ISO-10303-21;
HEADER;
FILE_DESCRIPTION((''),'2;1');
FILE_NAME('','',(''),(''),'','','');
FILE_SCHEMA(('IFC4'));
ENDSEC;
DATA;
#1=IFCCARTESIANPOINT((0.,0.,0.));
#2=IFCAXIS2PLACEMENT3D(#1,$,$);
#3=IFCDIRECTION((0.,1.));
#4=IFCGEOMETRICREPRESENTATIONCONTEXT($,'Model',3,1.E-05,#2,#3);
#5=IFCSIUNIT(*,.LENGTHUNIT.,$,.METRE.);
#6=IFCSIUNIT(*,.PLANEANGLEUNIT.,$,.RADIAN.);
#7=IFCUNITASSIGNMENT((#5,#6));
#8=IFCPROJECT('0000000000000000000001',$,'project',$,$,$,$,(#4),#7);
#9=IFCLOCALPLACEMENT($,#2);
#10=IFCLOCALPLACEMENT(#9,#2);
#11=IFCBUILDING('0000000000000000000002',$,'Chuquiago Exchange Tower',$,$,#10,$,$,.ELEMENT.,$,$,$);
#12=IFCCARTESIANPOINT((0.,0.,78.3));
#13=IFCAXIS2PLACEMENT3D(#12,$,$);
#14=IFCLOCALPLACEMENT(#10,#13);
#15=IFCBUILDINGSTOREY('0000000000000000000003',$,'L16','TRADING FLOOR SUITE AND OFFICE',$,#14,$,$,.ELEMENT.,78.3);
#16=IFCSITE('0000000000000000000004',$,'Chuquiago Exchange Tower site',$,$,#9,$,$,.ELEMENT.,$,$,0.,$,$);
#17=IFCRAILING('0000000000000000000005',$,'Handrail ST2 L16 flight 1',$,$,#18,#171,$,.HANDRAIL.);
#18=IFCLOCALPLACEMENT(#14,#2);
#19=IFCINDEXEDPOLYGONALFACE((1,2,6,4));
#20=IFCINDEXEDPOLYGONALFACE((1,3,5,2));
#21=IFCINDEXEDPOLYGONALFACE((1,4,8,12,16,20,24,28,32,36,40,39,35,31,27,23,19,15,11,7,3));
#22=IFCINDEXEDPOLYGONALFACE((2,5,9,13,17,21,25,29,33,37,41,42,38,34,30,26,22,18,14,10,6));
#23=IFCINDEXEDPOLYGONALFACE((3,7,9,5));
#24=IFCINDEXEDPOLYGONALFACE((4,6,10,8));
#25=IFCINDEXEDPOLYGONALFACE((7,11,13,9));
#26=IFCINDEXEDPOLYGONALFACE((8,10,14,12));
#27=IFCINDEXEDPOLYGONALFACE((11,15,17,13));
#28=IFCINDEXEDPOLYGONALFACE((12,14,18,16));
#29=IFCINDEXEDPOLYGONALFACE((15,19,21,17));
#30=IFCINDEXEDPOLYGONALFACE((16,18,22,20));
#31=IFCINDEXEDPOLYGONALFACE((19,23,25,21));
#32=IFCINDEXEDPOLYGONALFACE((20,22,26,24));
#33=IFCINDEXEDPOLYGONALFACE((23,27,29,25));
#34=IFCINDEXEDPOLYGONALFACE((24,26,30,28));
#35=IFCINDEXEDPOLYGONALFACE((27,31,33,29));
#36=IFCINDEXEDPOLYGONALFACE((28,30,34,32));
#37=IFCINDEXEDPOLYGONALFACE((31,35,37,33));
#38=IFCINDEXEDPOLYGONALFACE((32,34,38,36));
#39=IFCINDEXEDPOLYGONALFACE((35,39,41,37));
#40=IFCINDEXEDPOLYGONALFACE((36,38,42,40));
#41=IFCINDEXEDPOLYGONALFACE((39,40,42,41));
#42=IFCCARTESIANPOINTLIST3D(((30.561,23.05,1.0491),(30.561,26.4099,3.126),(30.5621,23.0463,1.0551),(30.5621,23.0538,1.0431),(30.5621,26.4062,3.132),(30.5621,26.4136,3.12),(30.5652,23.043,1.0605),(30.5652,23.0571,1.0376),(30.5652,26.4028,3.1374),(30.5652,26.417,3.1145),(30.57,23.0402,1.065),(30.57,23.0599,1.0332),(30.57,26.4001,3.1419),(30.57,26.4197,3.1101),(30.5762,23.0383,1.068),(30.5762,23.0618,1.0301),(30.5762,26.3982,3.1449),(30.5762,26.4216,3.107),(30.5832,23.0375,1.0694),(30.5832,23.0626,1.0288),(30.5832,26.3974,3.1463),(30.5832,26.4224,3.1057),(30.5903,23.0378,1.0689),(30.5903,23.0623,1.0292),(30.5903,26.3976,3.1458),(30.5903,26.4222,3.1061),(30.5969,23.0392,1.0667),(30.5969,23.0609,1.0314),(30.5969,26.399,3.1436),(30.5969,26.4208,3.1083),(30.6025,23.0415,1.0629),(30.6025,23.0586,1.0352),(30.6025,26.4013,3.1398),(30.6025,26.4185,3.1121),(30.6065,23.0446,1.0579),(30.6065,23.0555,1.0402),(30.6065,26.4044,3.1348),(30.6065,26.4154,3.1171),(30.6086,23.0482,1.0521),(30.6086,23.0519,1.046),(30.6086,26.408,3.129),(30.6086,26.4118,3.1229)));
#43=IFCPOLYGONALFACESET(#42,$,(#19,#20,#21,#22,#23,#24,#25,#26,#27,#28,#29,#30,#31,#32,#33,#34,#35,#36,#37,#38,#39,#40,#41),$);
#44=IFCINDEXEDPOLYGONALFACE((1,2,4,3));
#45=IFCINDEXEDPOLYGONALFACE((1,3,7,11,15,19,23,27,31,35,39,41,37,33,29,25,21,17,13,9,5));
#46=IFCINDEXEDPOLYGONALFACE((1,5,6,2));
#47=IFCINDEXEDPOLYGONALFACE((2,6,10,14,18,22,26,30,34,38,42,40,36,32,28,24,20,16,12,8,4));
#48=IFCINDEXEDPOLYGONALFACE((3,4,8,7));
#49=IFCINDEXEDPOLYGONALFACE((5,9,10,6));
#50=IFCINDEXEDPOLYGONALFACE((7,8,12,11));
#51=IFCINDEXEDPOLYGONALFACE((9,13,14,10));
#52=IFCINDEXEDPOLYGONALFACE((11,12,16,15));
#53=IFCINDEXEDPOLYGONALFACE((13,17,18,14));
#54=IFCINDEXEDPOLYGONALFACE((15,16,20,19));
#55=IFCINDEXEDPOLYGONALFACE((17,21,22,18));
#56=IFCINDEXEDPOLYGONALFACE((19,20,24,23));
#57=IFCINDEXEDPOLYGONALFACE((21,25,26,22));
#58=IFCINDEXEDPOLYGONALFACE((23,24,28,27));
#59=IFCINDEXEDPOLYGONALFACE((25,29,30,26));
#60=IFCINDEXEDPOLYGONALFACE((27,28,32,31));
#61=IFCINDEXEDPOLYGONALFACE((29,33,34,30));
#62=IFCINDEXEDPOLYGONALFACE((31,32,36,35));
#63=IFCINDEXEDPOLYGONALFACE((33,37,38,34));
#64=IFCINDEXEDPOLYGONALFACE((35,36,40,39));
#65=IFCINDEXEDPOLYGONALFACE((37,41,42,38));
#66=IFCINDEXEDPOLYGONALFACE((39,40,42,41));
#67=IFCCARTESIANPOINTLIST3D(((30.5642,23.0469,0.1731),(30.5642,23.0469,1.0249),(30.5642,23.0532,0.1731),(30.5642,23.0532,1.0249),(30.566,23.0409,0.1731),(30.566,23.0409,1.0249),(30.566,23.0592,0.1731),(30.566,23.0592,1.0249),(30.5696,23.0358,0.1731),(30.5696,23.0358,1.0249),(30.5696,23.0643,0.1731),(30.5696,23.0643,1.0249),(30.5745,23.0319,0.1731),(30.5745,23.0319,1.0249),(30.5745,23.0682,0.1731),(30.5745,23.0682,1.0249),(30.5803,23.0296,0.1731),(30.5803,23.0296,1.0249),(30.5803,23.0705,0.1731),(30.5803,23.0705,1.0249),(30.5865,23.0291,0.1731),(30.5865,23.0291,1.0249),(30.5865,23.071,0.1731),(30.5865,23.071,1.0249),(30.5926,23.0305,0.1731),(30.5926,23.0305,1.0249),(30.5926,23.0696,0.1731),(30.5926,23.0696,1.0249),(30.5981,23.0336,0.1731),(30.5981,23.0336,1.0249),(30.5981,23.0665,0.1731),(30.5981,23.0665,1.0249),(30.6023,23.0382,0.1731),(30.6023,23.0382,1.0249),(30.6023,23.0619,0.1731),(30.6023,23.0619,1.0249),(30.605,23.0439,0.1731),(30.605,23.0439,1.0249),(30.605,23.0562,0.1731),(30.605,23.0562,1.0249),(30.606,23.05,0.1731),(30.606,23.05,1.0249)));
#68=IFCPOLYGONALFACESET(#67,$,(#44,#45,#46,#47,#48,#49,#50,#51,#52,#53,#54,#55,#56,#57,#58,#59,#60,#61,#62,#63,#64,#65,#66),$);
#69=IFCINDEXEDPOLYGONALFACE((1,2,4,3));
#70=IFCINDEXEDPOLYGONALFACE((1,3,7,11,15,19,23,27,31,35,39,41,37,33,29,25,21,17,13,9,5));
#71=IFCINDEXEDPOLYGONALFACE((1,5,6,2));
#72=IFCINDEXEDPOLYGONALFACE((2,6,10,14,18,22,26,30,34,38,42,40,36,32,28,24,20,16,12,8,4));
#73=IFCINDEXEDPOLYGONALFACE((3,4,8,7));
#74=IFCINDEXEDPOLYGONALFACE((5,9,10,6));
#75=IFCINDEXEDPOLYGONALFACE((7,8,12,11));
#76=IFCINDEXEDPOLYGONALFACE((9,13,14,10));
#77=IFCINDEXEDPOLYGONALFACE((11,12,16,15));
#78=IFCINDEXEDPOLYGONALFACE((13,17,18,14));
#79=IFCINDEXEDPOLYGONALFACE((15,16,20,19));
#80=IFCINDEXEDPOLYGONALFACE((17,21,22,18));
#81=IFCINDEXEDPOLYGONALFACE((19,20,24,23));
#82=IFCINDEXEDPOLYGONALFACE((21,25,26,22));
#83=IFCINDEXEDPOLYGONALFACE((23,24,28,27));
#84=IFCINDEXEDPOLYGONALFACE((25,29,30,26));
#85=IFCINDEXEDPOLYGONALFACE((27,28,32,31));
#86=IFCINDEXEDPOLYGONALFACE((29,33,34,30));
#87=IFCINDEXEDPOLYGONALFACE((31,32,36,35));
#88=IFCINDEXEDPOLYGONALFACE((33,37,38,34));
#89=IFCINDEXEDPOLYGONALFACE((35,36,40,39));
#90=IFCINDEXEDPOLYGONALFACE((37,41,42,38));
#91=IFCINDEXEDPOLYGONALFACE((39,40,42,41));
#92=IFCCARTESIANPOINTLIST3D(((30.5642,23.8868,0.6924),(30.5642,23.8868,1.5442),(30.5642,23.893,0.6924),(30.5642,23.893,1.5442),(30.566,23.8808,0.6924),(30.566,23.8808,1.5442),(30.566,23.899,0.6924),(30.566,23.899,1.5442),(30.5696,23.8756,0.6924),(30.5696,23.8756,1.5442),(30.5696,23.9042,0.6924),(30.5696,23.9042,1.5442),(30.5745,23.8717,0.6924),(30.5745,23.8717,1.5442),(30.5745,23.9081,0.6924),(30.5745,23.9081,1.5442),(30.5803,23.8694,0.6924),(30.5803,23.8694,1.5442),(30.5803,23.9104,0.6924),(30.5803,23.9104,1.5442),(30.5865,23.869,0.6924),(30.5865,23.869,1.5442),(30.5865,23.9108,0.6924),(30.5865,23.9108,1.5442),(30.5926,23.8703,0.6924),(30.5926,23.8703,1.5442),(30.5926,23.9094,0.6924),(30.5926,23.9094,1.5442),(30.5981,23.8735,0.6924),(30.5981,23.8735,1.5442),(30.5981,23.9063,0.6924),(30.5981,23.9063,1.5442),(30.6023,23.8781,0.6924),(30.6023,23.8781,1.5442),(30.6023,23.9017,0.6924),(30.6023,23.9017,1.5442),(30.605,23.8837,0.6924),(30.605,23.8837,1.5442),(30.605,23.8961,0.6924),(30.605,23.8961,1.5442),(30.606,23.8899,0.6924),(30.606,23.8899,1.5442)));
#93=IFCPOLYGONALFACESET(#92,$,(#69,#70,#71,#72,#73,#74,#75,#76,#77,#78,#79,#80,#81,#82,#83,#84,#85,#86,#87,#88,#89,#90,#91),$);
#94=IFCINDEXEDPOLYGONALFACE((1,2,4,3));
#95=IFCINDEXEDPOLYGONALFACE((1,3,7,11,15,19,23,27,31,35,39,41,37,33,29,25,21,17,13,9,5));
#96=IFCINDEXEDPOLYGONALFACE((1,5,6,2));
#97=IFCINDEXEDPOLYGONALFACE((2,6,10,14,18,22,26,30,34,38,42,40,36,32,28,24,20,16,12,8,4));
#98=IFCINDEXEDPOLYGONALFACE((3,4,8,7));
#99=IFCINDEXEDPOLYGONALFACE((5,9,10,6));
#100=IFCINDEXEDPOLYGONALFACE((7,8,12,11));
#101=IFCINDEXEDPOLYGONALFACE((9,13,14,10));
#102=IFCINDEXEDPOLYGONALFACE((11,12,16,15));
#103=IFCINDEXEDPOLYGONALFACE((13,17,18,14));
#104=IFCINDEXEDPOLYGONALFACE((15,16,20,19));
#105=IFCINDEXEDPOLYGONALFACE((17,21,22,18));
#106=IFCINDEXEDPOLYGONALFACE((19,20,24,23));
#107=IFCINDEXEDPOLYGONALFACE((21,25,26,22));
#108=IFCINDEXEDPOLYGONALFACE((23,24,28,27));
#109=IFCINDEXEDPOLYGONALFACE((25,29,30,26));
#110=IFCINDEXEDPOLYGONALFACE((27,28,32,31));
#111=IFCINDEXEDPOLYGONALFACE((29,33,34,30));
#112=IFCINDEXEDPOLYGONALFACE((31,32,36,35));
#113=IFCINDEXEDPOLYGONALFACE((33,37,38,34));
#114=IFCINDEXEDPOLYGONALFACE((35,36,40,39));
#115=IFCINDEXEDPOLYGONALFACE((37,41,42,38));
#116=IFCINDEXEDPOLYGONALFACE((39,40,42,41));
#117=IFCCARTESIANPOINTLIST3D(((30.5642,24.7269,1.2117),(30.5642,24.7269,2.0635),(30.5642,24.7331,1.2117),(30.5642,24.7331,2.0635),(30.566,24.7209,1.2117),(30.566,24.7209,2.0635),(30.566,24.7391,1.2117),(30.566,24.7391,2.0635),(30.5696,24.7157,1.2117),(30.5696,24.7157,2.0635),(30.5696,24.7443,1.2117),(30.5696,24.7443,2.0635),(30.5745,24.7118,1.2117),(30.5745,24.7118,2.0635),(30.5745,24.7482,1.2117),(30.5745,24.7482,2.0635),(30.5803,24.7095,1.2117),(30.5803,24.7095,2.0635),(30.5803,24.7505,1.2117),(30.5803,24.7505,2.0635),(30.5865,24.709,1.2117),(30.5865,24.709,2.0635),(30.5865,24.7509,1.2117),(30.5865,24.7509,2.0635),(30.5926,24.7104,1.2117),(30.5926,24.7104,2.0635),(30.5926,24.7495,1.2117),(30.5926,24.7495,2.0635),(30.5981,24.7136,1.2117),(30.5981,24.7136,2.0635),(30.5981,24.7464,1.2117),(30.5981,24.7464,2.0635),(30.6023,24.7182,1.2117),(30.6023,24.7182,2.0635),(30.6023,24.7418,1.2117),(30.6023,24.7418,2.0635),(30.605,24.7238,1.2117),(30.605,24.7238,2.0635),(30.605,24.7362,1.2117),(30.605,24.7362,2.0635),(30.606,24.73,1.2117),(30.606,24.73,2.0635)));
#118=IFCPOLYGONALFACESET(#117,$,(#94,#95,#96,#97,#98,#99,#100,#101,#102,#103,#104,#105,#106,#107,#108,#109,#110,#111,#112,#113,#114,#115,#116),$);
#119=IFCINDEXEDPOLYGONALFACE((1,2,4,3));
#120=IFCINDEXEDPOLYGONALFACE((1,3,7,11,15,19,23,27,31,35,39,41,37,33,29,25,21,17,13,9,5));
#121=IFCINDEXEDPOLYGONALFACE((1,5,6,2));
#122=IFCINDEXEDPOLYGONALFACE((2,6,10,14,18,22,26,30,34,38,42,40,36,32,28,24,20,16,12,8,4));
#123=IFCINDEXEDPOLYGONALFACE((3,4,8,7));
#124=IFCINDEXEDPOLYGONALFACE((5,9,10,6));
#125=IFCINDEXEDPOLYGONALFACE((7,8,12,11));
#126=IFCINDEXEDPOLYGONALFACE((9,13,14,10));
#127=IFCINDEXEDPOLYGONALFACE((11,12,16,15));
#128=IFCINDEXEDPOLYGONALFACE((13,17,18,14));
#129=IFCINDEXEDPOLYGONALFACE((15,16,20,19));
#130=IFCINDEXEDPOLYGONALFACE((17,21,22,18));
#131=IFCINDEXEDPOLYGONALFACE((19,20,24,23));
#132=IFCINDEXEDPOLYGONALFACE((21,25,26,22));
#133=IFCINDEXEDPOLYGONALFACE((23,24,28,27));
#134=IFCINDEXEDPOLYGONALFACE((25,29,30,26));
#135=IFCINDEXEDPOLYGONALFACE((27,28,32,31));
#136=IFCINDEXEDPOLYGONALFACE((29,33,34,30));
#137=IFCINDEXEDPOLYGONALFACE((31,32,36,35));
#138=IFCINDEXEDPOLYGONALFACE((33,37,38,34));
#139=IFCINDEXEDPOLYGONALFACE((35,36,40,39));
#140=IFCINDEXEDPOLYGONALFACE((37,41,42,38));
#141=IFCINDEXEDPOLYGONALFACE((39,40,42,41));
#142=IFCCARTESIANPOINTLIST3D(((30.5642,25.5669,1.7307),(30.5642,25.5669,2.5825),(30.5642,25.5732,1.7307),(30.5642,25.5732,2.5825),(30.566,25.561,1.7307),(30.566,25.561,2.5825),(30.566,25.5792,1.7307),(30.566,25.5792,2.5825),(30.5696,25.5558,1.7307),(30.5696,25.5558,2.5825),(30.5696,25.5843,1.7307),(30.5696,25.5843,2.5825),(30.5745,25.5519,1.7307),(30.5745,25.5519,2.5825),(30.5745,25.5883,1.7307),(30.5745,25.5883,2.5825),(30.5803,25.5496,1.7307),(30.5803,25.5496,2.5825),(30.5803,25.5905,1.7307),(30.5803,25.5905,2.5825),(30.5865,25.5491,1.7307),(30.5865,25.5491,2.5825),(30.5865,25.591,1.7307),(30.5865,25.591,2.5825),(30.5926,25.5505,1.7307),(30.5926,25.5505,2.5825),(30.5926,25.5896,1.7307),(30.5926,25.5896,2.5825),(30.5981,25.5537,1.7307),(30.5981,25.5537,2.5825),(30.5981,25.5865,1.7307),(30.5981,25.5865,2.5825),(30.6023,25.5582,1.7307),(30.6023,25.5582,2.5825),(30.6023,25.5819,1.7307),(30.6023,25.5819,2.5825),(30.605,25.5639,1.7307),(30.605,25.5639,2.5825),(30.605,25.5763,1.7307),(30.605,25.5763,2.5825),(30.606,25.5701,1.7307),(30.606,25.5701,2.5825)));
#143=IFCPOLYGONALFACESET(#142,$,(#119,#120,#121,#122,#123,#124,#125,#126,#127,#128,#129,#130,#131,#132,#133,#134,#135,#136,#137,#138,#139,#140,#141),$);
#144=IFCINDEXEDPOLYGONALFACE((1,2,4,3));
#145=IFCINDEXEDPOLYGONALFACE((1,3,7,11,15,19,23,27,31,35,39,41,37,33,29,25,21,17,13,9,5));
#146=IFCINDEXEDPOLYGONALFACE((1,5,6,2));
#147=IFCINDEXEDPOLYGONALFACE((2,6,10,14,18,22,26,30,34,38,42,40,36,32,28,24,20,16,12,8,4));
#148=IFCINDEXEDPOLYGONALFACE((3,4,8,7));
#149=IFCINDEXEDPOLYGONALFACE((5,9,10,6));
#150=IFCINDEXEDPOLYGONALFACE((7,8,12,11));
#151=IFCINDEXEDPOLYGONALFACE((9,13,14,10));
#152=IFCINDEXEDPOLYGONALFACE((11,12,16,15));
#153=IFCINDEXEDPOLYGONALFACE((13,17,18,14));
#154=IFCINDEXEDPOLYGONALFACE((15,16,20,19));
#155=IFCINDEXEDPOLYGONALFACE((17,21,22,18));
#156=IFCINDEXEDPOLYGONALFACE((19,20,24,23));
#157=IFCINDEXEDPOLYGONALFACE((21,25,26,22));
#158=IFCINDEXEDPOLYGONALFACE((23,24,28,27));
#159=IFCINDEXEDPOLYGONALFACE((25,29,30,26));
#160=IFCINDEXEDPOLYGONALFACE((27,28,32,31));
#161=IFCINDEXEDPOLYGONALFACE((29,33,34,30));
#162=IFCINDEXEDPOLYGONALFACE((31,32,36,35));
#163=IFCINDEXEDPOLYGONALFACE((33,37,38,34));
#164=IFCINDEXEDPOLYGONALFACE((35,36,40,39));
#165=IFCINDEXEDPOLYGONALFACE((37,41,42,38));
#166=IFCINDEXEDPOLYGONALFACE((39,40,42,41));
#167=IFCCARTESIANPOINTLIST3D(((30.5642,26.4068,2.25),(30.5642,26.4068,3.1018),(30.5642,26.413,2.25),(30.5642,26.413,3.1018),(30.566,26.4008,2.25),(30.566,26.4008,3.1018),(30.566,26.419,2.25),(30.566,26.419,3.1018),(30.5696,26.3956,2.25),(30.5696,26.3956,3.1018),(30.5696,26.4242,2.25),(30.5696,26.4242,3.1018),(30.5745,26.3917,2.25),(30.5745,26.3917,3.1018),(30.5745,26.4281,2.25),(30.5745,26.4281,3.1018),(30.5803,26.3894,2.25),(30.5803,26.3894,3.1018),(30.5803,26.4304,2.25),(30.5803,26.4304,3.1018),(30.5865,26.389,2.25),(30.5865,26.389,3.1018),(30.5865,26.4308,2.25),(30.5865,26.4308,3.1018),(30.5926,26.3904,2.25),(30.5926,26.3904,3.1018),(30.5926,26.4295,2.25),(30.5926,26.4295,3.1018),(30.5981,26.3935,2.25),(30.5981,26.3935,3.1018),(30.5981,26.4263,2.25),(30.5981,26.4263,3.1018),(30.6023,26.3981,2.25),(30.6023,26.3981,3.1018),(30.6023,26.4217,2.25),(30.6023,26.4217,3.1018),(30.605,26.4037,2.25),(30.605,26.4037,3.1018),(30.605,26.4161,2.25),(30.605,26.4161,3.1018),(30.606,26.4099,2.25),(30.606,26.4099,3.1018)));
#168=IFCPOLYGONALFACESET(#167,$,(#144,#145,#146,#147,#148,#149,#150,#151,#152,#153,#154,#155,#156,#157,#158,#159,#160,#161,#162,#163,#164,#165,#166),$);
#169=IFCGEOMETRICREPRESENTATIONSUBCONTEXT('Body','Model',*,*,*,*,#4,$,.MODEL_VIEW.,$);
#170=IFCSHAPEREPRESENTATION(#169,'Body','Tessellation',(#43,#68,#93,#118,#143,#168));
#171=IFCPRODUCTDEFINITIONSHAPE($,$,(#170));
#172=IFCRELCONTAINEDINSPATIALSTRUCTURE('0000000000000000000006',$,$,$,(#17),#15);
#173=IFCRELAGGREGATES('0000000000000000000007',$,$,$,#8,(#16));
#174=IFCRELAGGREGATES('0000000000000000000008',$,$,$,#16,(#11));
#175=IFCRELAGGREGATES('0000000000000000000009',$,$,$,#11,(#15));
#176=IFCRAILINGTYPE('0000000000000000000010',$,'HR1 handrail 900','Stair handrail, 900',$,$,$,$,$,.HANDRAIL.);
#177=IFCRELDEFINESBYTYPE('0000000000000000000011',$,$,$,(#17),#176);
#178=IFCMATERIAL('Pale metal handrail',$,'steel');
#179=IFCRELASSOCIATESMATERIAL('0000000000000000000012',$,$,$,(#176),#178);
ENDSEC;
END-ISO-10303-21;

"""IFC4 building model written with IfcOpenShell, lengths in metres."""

from ifc_helpers import new_model, si_unit, direction, frame, origin, origin_2d, place, context, subcontext, project, spatial, circle, extrude, material, type_object, element, save


model = new_model("IFC4")

# Units and contexts
model_context = context("Model", 3, precision=1e-05, world=origin(), true_north=direction((0.0, 1.0)))
body_context = subcontext(model_context, "Body", "Model", "MODEL_VIEW")
ifc_project = project(units=[si_unit("LENGTHUNIT", "METRE"), si_unit("PLANEANGLEUNIT", "RADIAN")], contexts=[model_context])

# Site, building, storey
site_placement = place(None, origin())
site = spatial("IfcSite", under=ifc_project, at=site_placement, Name="Chuquiago Exchange Tower site", CompositionType="ELEMENT", RefElevation=0.0)
building_placement = place(site_placement, origin())
building = spatial("IfcBuilding", under=site, at=building_placement, Name="Chuquiago Exchange Tower", CompositionType="ELEMENT")
storey_placement = place(building_placement, frame((0.0, 0.0, 78.3)))
storey = spatial("IfcBuildingStorey", under=building, at=storey_placement, Name="L16", Description="TRADING FLOOR SUITE AND OFFICE", CompositionType="ELEMENT", Elevation=78.3)

# Railing
ifc_material_1 = material(Name="Pale metal handrail", Category="steel")
railing_type_1 = type_object("IfcRailingType", Name="HR1 handrail 900", Description="Stair handrail, 900", PredefinedType="HANDRAIL", material=ifc_material_1)
for number, where, name in (
    (1, (30.585, 23.05, 0.1731), "Handrail ST2 L16 flight 1"),
):
    element("IfcRailing", number, at=place(storey_placement, frame(where)), inside=storey, type_object=railing_type_1, Name=name, PredefinedType="HANDRAIL", context=body_context, shape_type="SweptSolid", body=[
        extrude(circle(Radius=0.0239, at=origin_2d()), frame((0.0, 0.0, 0.876), z_axis=(0.0, 0.850606, 0.525803), x_axis=(-1.0, 0.0, 0.0)), (0.0, 0.0, 1.0), 3.95),
        extrude(circle(Radius=0.021, at=origin_2d()), origin(), (0.0, 0.0, 1.0), 0.8518),
        extrude(circle(Radius=0.021, at=origin_2d()), frame((0.0, 0.8398, 0.5193)), (0.0, 0.0, 1.0), 0.8518),
        extrude(circle(Radius=0.021, at=origin_2d()), frame((0.0, 1.6799, 1.0386)), (0.0, 0.0, 1.0), 0.8518),
        extrude(circle(Radius=0.021, at=origin_2d()), frame((0.0, 2.52, 1.5576)), (0.0, 0.0, 1.0), 0.8518),
        extrude(circle(Radius=0.021, at=origin_2d()), frame((0.0, 3.3599, 2.0769)), (0.0, 0.0, 1.0), 0.8518),
    ])

save(model, "model.ifc")
